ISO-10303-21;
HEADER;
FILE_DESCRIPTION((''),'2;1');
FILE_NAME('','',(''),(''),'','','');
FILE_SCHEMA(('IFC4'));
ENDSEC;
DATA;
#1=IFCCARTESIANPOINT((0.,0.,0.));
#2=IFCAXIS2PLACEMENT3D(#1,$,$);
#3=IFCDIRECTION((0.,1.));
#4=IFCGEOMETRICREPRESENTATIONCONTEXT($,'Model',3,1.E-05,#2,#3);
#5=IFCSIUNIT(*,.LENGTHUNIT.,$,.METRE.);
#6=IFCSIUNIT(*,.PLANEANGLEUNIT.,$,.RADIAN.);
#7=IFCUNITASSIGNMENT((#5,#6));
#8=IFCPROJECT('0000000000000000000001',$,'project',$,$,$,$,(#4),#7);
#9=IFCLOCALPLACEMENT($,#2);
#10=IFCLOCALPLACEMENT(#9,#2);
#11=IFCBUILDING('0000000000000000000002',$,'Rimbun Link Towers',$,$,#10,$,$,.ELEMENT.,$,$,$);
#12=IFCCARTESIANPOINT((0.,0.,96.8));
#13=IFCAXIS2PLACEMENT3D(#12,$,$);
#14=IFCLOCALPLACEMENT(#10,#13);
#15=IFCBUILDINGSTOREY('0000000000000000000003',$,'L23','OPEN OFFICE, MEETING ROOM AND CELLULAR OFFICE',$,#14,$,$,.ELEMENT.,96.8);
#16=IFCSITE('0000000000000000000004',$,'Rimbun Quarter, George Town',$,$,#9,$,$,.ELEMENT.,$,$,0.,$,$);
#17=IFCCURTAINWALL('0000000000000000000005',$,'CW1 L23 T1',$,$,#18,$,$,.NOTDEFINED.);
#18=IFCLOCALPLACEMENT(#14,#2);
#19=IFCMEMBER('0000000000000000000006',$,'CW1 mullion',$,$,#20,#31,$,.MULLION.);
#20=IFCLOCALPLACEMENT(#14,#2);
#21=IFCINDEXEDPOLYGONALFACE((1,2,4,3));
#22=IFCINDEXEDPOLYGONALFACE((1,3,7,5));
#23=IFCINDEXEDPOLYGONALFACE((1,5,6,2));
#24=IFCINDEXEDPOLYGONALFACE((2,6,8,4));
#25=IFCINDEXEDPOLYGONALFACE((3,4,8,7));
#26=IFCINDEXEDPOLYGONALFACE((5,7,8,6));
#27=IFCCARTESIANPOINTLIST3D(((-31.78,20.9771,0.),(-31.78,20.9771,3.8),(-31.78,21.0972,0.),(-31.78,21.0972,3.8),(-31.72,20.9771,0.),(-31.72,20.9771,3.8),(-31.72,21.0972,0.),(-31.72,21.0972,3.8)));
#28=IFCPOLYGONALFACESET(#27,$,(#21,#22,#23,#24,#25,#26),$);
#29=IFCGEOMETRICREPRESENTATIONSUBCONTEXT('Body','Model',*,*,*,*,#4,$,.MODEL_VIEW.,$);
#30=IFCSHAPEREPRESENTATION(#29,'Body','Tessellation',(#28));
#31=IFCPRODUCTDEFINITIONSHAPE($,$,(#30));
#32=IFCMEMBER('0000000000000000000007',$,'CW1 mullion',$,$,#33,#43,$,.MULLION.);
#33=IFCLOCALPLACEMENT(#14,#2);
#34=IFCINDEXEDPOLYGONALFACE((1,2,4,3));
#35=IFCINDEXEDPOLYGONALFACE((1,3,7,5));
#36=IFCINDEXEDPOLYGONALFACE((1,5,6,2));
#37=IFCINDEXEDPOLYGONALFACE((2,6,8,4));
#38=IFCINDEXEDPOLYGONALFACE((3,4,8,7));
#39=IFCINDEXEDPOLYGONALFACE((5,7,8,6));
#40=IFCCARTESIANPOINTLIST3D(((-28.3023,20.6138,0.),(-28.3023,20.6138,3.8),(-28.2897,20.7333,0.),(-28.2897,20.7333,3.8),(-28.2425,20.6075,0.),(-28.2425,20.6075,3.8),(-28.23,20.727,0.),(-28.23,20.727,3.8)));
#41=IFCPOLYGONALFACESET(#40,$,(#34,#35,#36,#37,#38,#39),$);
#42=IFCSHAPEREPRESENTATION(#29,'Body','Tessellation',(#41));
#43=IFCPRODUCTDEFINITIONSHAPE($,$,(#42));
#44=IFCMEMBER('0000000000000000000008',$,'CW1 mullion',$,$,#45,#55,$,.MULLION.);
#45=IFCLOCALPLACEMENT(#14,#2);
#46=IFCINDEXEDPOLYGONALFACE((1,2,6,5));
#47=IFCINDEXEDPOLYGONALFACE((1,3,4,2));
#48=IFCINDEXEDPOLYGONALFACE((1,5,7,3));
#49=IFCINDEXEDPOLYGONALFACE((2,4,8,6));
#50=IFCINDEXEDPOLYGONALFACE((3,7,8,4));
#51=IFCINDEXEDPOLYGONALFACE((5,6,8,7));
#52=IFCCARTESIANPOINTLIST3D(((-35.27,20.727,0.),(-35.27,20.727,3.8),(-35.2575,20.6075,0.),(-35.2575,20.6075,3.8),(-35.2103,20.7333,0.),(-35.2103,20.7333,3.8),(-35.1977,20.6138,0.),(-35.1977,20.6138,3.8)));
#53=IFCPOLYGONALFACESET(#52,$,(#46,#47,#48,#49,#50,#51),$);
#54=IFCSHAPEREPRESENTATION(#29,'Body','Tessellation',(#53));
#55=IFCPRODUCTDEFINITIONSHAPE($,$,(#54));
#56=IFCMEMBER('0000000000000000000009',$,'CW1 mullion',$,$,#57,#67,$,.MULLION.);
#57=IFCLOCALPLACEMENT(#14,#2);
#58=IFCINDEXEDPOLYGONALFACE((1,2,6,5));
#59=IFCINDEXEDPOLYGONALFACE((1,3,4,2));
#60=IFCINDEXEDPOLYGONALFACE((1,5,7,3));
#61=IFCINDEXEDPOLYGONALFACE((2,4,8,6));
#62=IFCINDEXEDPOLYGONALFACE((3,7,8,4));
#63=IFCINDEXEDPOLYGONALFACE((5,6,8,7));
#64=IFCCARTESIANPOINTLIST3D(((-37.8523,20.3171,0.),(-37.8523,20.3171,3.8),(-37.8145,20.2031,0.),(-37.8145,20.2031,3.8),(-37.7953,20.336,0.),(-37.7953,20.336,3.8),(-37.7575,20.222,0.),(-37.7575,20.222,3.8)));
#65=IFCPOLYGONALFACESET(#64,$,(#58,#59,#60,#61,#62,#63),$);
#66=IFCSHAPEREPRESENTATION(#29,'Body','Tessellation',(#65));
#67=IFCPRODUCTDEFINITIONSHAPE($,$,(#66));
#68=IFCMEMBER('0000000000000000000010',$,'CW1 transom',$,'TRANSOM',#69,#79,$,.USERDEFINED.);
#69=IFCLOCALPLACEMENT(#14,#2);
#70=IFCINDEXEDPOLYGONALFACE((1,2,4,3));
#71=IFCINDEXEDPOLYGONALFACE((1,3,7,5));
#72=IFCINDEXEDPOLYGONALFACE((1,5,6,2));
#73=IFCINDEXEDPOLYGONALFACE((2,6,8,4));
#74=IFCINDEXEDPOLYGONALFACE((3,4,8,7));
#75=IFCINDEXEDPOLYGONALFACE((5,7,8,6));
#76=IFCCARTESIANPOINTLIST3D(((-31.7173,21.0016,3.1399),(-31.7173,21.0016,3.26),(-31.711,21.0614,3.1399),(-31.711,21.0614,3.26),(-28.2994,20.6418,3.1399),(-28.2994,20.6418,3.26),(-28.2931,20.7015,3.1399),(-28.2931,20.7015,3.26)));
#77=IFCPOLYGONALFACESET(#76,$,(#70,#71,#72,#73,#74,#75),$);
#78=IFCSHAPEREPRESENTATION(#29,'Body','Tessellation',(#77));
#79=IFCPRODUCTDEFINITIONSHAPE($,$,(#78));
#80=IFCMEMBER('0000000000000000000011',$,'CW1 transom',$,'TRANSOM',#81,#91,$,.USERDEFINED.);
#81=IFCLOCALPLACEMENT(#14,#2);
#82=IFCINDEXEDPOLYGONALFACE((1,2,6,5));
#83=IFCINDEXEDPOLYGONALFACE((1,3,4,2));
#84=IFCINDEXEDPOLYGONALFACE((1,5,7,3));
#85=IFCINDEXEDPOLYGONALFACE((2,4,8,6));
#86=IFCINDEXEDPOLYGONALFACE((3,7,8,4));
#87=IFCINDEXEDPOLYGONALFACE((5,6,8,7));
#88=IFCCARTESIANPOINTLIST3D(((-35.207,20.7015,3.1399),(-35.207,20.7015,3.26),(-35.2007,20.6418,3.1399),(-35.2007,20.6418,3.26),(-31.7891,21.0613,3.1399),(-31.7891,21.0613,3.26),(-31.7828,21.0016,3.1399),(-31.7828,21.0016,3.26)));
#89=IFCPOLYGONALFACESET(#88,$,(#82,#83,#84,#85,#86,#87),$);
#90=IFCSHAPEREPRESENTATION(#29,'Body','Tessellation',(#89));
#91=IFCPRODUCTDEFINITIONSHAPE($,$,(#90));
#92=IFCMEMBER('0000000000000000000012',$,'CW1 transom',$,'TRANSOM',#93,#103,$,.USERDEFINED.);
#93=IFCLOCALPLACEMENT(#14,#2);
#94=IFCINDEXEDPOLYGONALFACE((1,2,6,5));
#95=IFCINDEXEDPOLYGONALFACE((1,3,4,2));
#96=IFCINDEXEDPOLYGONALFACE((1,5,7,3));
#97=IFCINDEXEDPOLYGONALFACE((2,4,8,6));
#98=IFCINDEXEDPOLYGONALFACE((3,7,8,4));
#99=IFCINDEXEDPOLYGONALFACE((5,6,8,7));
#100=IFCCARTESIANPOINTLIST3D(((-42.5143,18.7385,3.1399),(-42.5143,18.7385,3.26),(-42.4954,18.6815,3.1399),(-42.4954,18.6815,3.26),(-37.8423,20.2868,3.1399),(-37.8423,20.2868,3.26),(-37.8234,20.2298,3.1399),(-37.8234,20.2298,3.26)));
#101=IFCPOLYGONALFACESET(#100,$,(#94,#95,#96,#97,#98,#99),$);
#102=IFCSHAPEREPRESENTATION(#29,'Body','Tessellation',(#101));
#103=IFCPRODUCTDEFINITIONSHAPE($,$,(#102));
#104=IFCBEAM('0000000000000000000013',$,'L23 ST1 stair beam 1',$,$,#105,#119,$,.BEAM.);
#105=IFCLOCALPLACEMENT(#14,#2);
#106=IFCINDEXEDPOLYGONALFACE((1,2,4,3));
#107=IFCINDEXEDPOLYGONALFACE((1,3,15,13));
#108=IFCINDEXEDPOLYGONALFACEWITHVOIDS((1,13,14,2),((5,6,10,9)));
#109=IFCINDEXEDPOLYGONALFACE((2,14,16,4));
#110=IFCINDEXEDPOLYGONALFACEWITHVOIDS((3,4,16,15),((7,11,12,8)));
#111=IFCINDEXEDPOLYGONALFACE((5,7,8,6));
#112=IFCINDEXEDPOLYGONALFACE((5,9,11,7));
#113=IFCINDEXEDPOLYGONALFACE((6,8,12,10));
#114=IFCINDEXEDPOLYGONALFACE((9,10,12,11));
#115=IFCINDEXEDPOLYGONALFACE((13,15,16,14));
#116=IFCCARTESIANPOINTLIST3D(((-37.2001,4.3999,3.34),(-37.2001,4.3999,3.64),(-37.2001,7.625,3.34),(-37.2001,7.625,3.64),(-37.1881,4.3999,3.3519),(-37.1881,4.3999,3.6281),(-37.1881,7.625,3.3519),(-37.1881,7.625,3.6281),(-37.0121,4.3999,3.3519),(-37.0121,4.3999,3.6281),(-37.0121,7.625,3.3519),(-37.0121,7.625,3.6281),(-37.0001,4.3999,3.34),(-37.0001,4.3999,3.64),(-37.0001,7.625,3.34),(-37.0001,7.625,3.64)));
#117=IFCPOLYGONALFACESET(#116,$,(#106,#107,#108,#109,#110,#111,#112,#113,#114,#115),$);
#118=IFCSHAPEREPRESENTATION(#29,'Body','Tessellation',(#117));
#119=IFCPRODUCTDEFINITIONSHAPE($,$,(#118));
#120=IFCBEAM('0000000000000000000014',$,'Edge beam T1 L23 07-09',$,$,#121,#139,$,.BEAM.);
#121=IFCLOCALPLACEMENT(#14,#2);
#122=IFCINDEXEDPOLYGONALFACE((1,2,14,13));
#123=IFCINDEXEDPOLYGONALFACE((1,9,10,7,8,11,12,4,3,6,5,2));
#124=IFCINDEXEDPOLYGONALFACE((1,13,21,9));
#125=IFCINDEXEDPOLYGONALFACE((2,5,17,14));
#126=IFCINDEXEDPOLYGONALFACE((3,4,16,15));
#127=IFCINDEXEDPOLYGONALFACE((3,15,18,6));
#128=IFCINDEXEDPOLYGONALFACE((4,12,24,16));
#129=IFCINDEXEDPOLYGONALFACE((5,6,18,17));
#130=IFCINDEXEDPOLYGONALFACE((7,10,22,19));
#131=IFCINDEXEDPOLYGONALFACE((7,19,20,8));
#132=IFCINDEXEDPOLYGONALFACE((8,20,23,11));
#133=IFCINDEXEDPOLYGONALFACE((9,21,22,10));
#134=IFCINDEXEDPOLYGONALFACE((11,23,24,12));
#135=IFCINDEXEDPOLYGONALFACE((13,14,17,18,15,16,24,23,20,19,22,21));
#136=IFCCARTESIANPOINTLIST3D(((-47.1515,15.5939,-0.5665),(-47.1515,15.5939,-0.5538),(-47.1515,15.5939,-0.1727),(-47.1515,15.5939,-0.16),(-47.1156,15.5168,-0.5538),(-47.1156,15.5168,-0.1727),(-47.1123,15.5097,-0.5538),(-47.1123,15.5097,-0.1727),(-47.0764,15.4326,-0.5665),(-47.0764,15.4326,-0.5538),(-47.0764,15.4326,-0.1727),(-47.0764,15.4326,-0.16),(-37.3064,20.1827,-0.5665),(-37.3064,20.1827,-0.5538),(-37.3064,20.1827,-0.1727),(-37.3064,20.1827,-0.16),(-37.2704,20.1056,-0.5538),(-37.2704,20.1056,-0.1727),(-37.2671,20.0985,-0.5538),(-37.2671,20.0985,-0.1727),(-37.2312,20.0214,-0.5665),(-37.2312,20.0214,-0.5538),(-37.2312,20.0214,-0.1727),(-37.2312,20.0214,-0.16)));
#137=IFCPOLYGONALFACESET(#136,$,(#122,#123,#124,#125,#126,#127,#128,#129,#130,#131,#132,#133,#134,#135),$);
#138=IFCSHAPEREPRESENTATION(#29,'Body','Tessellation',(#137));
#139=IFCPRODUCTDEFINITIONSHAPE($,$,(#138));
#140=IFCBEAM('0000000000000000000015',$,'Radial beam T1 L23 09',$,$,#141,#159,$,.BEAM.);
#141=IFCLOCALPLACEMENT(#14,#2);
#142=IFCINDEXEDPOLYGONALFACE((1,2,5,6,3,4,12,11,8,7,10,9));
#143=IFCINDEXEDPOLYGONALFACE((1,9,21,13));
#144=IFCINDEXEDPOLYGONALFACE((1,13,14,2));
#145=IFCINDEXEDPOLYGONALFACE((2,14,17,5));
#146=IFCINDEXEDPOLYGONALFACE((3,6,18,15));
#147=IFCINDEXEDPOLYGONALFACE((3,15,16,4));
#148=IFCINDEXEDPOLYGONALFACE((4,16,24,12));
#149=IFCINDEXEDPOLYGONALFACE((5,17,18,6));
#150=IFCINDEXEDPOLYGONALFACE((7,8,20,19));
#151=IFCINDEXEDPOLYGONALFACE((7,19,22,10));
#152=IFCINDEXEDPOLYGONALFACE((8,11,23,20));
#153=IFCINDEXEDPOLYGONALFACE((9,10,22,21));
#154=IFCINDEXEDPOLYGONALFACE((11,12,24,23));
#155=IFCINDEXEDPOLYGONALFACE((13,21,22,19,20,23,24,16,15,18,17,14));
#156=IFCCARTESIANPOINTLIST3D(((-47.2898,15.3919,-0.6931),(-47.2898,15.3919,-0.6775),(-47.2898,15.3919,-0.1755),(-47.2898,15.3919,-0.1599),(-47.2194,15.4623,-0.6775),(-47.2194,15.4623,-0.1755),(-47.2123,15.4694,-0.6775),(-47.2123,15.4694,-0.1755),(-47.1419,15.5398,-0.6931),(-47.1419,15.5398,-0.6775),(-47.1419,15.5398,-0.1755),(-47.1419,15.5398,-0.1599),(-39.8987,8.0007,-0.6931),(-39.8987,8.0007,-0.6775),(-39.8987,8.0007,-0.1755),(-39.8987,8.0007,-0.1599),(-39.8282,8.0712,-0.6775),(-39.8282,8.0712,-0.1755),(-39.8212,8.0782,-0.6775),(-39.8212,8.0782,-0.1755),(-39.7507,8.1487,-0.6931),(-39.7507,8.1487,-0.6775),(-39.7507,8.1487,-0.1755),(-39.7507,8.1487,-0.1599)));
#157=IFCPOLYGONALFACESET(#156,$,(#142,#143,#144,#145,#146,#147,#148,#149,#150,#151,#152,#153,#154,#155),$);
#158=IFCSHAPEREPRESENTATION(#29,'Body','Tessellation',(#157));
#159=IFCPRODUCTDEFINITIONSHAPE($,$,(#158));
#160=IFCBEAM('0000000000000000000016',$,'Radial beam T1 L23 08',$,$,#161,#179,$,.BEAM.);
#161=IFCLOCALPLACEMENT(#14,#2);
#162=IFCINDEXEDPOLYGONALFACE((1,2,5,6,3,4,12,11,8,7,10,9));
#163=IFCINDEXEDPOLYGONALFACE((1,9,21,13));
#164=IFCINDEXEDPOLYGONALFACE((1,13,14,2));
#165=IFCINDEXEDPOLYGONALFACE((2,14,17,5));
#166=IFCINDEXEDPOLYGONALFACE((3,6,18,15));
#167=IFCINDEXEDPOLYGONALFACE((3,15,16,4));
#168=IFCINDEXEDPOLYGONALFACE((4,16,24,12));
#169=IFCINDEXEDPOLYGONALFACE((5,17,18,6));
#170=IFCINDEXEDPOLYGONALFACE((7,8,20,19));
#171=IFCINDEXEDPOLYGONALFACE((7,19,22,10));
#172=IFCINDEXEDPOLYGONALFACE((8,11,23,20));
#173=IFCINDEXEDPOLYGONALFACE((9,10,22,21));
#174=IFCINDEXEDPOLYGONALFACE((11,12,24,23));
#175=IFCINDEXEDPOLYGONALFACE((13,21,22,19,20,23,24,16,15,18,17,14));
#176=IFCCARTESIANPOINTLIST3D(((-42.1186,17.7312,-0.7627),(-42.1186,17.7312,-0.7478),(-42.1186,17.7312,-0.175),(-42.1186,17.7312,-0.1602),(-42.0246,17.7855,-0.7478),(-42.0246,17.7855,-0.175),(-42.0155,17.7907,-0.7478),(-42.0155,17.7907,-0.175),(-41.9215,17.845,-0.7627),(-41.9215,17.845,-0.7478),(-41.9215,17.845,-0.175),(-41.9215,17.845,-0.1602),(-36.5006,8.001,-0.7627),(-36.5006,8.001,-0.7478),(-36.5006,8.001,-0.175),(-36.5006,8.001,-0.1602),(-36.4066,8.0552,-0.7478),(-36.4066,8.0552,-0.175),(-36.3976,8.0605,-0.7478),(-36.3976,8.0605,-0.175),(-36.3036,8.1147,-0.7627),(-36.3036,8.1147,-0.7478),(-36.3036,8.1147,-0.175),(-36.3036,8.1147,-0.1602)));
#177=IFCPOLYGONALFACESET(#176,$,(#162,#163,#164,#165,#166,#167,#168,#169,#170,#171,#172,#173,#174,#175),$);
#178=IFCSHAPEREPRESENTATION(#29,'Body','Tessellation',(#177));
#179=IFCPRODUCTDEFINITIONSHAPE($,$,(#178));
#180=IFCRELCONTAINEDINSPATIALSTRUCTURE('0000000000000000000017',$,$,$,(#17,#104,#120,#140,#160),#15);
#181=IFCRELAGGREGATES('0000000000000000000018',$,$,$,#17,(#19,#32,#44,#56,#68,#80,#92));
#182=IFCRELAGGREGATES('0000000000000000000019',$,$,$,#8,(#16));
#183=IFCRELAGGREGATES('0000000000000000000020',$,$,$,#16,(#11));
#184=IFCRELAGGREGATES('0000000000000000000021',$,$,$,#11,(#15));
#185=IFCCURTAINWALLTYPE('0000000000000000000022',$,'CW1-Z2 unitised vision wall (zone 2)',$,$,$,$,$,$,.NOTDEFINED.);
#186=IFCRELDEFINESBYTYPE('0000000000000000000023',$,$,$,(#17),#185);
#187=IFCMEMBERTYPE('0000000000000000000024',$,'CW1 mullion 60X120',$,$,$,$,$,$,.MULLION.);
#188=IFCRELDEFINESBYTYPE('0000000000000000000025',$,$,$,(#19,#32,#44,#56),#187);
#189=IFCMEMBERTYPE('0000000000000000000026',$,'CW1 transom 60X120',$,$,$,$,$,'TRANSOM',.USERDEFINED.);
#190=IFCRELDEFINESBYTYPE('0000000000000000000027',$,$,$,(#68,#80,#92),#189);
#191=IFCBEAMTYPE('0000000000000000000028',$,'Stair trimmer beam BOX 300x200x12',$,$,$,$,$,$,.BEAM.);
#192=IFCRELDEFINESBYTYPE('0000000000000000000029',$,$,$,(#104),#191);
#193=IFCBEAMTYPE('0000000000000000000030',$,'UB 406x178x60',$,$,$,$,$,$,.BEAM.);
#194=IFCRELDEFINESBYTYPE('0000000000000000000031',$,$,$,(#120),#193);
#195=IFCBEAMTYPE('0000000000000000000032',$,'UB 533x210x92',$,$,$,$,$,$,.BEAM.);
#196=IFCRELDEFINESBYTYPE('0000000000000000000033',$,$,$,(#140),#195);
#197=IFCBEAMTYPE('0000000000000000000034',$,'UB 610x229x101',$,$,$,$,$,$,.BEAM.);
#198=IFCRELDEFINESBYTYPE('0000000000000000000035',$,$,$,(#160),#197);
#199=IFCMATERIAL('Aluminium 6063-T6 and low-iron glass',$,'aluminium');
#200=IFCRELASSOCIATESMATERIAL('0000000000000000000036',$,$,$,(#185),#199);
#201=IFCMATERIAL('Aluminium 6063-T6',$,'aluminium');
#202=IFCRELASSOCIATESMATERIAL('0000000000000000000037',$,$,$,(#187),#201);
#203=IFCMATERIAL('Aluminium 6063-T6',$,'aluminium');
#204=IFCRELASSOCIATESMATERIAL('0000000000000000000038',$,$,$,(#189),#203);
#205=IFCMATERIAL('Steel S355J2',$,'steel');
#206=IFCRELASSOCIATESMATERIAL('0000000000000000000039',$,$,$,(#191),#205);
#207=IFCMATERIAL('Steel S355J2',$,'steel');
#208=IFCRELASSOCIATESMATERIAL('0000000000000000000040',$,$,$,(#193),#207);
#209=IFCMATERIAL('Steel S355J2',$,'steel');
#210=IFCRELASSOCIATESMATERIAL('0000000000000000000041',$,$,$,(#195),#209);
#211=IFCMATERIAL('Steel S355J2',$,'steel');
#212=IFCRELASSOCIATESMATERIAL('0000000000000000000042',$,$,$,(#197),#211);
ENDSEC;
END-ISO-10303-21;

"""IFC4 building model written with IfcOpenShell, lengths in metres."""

from ifc_helpers import new_model, si_unit, direction, frame, origin, origin_2d, place, context, subcontext, project, spatial, rectangle, hollow_rectangle, i_section, extrude, material, material_profile, profile_set, type_object, element, aggregate, save


model = new_model("IFC4")

# Units and contexts
model_context = context("Model", 3, precision=1e-05, world=origin(), true_north=direction((0.0, 1.0)))
body_context = subcontext(model_context, "Body", "Model", "MODEL_VIEW")
ifc_project = project(units=[si_unit("LENGTHUNIT", "METRE"), si_unit("PLANEANGLEUNIT", "RADIAN")], contexts=[model_context])

# Site, building, storey
site_placement = place(None, origin())
site = spatial("IfcSite", under=ifc_project, at=site_placement, Name="Rimbun Quarter, George Town", CompositionType="ELEMENT", RefElevation=0.0)
building_placement = place(site_placement, origin())
building = spatial("IfcBuilding", under=site, at=building_placement, Name="Rimbun Link Towers", CompositionType="ELEMENT")
storey_placement = place(building_placement, frame((0.0, 0.0, 96.8)))
storey = spatial("IfcBuildingStorey", under=building, at=storey_placement, Name="L23", Description="OPEN OFFICE, MEETING ROOM AND CELLULAR OFFICE", CompositionType="ELEMENT", Elevation=96.8)

# Curtain wall, members
ifc_material_1 = material(Name="Aluminium 6063-T6 and low-iron glass", Category="aluminium")
curtain_wall_type = type_object("IfcCurtainWallType", Name="CW1-Z2 unitised vision wall (zone 2)", PredefinedType="NOTDEFINED", material=ifc_material_1)
curtain_wall_placement = place(storey_placement, origin())
curtain_wall = element("IfcCurtainWall", 1, at=curtain_wall_placement, inside=storey, type_object=curtain_wall_type, Name="CW1 L23 T1", PredefinedType="NOTDEFINED")
ifc_material_2 = material(Name="Aluminium 6063-T6", Category="aluminium")
ifc_material_profile_1 = material_profile(ifc_material_2, rectangle(XDim=0.1201, YDim=0.0601, at=origin_2d()), Name="MULLION 60X120")
ifc_profile_set_1 = profile_set([ifc_material_profile_1], Name="Aluminium 6063-T6")
member_type_1 = type_object("IfcMemberType", Name="CW1 mullion 60X120", PredefinedType="MULLION", material=ifc_profile_set_1)
member_1_placement = place(storey_placement, frame((-31.75, 21.0371, 0.0), z_axis=(0.0, 0.0, 1.0), x_axis=(0.0, 1.0, 0.0)))
member_1 = element("IfcMember", 2, at=member_1_placement, type_object=member_type_1, Name="CW1 mullion", PredefinedType="MULLION", context=body_context, shape_type="SweptSolid", body=[
    extrude(rectangle(XDim=0.1201, YDim=0.0601, at=origin_2d()), origin(), (0.0, 0.0, 1.0), 3.8),
])
member_2_placement = place(storey_placement, frame((-28.2661, 20.6704, 0.0), z_axis=(0.0, 0.0, 1.0), x_axis=(0.104735, 0.9945, 0.0)))
member_2 = element("IfcMember", 3, at=member_2_placement, type_object=member_type_1, Name="CW1 mullion", PredefinedType="MULLION", context=body_context, shape_type="SweptSolid", body=[
    extrude(rectangle(XDim=0.1201, YDim=0.0601, at=origin_2d()), origin(), (0.0, 0.0, 1.0), 3.8),
])
member_3_placement = place(storey_placement, frame((-35.2339, 20.6704, 0.0), z_axis=(0.0, 0.0, 1.0), x_axis=(-0.104735, 0.9945, 0.0)))
member_3 = element("IfcMember", 4, at=member_3_placement, type_object=member_type_1, Name="CW1 mullion", PredefinedType="MULLION", context=body_context, shape_type="SweptSolid", body=[
    extrude(rectangle(XDim=0.1201, YDim=0.0601, at=origin_2d()), origin(), (0.0, 0.0, 1.0), 3.8),
])
member_4_placement = place(storey_placement, frame((-37.8049, 20.2695, 0.0), z_axis=(0.0, 0.0, 1.0), x_axis=(-0.314556, 0.949239, 0.0)))
member_4 = element("IfcMember", 5, at=member_4_placement, type_object=member_type_1, Name="CW1 mullion", PredefinedType="MULLION", context=body_context, shape_type="SweptSolid", body=[
    extrude(rectangle(XDim=0.1201, YDim=0.0601, at=origin_2d()), origin(), (0.0, 0.0, 1.0), 3.8),
])
ifc_material_3 = material(Name="Aluminium 6063-T6", Category="aluminium")
ifc_material_profile_2 = material_profile(ifc_material_3, rectangle(XDim=0.0601, YDim=0.1201, at=origin_2d()), Name="TRANSOM 60X120")
ifc_profile_set_2 = profile_set([ifc_material_profile_2], Name="Aluminium 6063-T6")
member_type_2 = type_object("IfcMemberType", Name="CW1 transom 60X120", ElementType="TRANSOM", PredefinedType="USERDEFINED", material=ifc_profile_set_2)
member_5_placement = place(storey_placement, frame((-31.7141, 21.0315, 3.2), z_axis=(0.994503, -0.104707, 0.0), x_axis=(0.104707, 0.994503, 0.0)))
member_5 = element("IfcMember", 6, at=member_5_placement, type_object=member_type_2, Name="CW1 transom", ObjectType="TRANSOM", PredefinedType="USERDEFINED", context=body_context, shape_type="SweptSolid", body=[
    extrude(rectangle(XDim=0.0601, YDim=0.1201, at=origin_2d()), origin(), (0.0, 0.0, 1.0), 3.4368),
])
member_6_placement = place(storey_placement, frame((-35.2039, 20.6716, 3.2), z_axis=(0.994503, 0.104707, 0.0), x_axis=(-0.104707, 0.994503, 0.0)))
member_6 = element("IfcMember", 7, at=member_6_placement, type_object=member_type_2, Name="CW1 transom", ObjectType="TRANSOM", PredefinedType="USERDEFINED", context=body_context, shape_type="SweptSolid", body=[
    extrude(rectangle(XDim=0.0601, YDim=0.1201, at=origin_2d()), origin(), (0.0, 0.0, 1.0), 3.4368),
])
member_7_placement = place(storey_placement, frame((-42.5049, 18.71, 3.2), z_axis=(0.949232, 0.314576, 0.0), x_axis=(-0.314576, 0.949232, 0.0)))
member_7 = element("IfcMember", 8, at=member_7_placement, type_object=member_type_2, Name="CW1 transom", ObjectType="TRANSOM", PredefinedType="USERDEFINED", context=body_context, shape_type="SweptSolid", body=[
    extrude(rectangle(XDim=0.0601, YDim=0.1201, at=origin_2d()), origin(), (0.0, 0.0, 1.0), 4.9219),
])

# Beams
ifc_material_4 = material(Name="Steel S355J2", Category="steel")
ifc_material_profile_3 = material_profile(ifc_material_4, hollow_rectangle(XDim=0.2, YDim=0.3, WallThickness=0.012, at=origin_2d()), Name="BOX 300x200x12")
ifc_profile_set_3 = profile_set([ifc_material_profile_3], Name="Steel S355J2")
beam_type_1 = type_object("IfcBeamType", Name="Stair trimmer beam BOX 300x200x12", PredefinedType="BEAM", material=ifc_profile_set_3)
beam_1_placement = place(storey_placement, frame((-37.1001, 7.625, 3.49), z_axis=(0.0, -1.0, 0.0), x_axis=(1.0, 0.0, 0.0)))
element("IfcBeam", 9, at=beam_1_placement, inside=storey, type_object=beam_type_1, Name="L23 ST1 stair beam 1", PredefinedType="BEAM", context=body_context, shape_type="SweptSolid", body=[
    extrude(hollow_rectangle(XDim=0.2, YDim=0.3, WallThickness=0.012, at=origin_2d()), origin(), (0.0, 0.0, 1.0), 3.2251),
])
ifc_material_5 = material(Name="Steel S355J2", Category="steel")
ifc_material_profile_4 = material_profile(ifc_material_5, i_section(OverallWidth=0.178, OverallDepth=0.4065, WebThickness=0.0078, FlangeThickness=0.0127, at=origin_2d()), Name="UB 406x178x60")
ifc_profile_set_4 = profile_set([ifc_material_profile_4], Name="Steel S355J2")
beam_type_2 = type_object("IfcBeamType", Name="UB 406x178x60", PredefinedType="BEAM", material=ifc_profile_set_4)
beam_2_placement = place(storey_placement, frame((-37.2688, 20.1021, -0.3633), z_axis=(-0.906379, -0.422465, 0.0), x_axis=(0.422465, -0.906379, 0.0)))
element("IfcBeam", 10, at=beam_2_placement, inside=storey, type_object=beam_type_2, Name="Edge beam T1 L23 07-09", PredefinedType="BEAM", context=body_context, shape_type="SweptSolid", body=[
    extrude(i_section(OverallWidth=0.178, OverallDepth=0.4065, WebThickness=0.0078, FlangeThickness=0.0127, at=origin_2d()), origin(), (0.0, 0.0, 1.0), 10.8621),
])
ifc_material_6 = material(Name="Steel S355J2", Category="steel")
ifc_material_profile_5 = material_profile(ifc_material_6, i_section(OverallWidth=0.2092, OverallDepth=0.5332, WebThickness=0.01, FlangeThickness=0.0156, at=origin_2d()), Name="UB 533x210x92")
ifc_profile_set_5 = profile_set([ifc_material_profile_5], Name="Steel S355J2")
beam_type_3 = type_object("IfcBeamType", Name="UB 533x210x92", PredefinedType="BEAM", material=ifc_profile_set_5)
beam_3_placement = place(storey_placement, frame((-39.8247, 8.0747, -0.4265), z_axis=(-0.707107, 0.707107, 0.0), x_axis=(-0.707107, -0.707107, 0.0)))
element("IfcBeam", 11, at=beam_3_placement, inside=storey, type_object=beam_type_3, Name="Radial beam T1 L23 09", PredefinedType="BEAM", context=body_context, shape_type="SweptSolid", body=[
    extrude(i_section(OverallWidth=0.2092, OverallDepth=0.5332, WebThickness=0.01, FlangeThickness=0.0156, at=origin_2d()), origin(), (0.0, 0.0, 1.0), 10.4526),
])
ifc_material_7 = material(Name="Steel S355J2", Category="steel")
ifc_material_profile_6 = material_profile(ifc_material_7, i_section(OverallWidth=0.2275, OverallDepth=0.6025, WebThickness=0.0105, FlangeThickness=0.0149, at=origin_2d()), Name="UB 610x229x101")
ifc_profile_set_6 = profile_set([ifc_material_profile_6], Name="Steel S355J2")
beam_type_4 = type_object("IfcBeamType", Name="UB 610x229x101", PredefinedType="BEAM", material=ifc_profile_set_6)
beam_4_placement = place(storey_placement, frame((-36.4021, 8.0579, -0.4614), z_axis=(-0.500011, 0.866019, 0.0), x_axis=(-0.866019, -0.500011, 0.0)))
element("IfcBeam", 12, at=beam_4_placement, inside=storey, type_object=beam_type_4, Name="Radial beam T1 L23 08", PredefinedType="BEAM", context=body_context, shape_type="SweptSolid", body=[
    extrude(i_section(OverallWidth=0.2275, OverallDepth=0.6025, WebThickness=0.0105, FlangeThickness=0.0149, at=origin_2d()), origin(), (0.0, 0.0, 1.0), 11.2356),
])

aggregate(curtain_wall, [member_1, member_2, member_3, member_4, member_5, member_6, member_7])

save(model, "model.ifc")
